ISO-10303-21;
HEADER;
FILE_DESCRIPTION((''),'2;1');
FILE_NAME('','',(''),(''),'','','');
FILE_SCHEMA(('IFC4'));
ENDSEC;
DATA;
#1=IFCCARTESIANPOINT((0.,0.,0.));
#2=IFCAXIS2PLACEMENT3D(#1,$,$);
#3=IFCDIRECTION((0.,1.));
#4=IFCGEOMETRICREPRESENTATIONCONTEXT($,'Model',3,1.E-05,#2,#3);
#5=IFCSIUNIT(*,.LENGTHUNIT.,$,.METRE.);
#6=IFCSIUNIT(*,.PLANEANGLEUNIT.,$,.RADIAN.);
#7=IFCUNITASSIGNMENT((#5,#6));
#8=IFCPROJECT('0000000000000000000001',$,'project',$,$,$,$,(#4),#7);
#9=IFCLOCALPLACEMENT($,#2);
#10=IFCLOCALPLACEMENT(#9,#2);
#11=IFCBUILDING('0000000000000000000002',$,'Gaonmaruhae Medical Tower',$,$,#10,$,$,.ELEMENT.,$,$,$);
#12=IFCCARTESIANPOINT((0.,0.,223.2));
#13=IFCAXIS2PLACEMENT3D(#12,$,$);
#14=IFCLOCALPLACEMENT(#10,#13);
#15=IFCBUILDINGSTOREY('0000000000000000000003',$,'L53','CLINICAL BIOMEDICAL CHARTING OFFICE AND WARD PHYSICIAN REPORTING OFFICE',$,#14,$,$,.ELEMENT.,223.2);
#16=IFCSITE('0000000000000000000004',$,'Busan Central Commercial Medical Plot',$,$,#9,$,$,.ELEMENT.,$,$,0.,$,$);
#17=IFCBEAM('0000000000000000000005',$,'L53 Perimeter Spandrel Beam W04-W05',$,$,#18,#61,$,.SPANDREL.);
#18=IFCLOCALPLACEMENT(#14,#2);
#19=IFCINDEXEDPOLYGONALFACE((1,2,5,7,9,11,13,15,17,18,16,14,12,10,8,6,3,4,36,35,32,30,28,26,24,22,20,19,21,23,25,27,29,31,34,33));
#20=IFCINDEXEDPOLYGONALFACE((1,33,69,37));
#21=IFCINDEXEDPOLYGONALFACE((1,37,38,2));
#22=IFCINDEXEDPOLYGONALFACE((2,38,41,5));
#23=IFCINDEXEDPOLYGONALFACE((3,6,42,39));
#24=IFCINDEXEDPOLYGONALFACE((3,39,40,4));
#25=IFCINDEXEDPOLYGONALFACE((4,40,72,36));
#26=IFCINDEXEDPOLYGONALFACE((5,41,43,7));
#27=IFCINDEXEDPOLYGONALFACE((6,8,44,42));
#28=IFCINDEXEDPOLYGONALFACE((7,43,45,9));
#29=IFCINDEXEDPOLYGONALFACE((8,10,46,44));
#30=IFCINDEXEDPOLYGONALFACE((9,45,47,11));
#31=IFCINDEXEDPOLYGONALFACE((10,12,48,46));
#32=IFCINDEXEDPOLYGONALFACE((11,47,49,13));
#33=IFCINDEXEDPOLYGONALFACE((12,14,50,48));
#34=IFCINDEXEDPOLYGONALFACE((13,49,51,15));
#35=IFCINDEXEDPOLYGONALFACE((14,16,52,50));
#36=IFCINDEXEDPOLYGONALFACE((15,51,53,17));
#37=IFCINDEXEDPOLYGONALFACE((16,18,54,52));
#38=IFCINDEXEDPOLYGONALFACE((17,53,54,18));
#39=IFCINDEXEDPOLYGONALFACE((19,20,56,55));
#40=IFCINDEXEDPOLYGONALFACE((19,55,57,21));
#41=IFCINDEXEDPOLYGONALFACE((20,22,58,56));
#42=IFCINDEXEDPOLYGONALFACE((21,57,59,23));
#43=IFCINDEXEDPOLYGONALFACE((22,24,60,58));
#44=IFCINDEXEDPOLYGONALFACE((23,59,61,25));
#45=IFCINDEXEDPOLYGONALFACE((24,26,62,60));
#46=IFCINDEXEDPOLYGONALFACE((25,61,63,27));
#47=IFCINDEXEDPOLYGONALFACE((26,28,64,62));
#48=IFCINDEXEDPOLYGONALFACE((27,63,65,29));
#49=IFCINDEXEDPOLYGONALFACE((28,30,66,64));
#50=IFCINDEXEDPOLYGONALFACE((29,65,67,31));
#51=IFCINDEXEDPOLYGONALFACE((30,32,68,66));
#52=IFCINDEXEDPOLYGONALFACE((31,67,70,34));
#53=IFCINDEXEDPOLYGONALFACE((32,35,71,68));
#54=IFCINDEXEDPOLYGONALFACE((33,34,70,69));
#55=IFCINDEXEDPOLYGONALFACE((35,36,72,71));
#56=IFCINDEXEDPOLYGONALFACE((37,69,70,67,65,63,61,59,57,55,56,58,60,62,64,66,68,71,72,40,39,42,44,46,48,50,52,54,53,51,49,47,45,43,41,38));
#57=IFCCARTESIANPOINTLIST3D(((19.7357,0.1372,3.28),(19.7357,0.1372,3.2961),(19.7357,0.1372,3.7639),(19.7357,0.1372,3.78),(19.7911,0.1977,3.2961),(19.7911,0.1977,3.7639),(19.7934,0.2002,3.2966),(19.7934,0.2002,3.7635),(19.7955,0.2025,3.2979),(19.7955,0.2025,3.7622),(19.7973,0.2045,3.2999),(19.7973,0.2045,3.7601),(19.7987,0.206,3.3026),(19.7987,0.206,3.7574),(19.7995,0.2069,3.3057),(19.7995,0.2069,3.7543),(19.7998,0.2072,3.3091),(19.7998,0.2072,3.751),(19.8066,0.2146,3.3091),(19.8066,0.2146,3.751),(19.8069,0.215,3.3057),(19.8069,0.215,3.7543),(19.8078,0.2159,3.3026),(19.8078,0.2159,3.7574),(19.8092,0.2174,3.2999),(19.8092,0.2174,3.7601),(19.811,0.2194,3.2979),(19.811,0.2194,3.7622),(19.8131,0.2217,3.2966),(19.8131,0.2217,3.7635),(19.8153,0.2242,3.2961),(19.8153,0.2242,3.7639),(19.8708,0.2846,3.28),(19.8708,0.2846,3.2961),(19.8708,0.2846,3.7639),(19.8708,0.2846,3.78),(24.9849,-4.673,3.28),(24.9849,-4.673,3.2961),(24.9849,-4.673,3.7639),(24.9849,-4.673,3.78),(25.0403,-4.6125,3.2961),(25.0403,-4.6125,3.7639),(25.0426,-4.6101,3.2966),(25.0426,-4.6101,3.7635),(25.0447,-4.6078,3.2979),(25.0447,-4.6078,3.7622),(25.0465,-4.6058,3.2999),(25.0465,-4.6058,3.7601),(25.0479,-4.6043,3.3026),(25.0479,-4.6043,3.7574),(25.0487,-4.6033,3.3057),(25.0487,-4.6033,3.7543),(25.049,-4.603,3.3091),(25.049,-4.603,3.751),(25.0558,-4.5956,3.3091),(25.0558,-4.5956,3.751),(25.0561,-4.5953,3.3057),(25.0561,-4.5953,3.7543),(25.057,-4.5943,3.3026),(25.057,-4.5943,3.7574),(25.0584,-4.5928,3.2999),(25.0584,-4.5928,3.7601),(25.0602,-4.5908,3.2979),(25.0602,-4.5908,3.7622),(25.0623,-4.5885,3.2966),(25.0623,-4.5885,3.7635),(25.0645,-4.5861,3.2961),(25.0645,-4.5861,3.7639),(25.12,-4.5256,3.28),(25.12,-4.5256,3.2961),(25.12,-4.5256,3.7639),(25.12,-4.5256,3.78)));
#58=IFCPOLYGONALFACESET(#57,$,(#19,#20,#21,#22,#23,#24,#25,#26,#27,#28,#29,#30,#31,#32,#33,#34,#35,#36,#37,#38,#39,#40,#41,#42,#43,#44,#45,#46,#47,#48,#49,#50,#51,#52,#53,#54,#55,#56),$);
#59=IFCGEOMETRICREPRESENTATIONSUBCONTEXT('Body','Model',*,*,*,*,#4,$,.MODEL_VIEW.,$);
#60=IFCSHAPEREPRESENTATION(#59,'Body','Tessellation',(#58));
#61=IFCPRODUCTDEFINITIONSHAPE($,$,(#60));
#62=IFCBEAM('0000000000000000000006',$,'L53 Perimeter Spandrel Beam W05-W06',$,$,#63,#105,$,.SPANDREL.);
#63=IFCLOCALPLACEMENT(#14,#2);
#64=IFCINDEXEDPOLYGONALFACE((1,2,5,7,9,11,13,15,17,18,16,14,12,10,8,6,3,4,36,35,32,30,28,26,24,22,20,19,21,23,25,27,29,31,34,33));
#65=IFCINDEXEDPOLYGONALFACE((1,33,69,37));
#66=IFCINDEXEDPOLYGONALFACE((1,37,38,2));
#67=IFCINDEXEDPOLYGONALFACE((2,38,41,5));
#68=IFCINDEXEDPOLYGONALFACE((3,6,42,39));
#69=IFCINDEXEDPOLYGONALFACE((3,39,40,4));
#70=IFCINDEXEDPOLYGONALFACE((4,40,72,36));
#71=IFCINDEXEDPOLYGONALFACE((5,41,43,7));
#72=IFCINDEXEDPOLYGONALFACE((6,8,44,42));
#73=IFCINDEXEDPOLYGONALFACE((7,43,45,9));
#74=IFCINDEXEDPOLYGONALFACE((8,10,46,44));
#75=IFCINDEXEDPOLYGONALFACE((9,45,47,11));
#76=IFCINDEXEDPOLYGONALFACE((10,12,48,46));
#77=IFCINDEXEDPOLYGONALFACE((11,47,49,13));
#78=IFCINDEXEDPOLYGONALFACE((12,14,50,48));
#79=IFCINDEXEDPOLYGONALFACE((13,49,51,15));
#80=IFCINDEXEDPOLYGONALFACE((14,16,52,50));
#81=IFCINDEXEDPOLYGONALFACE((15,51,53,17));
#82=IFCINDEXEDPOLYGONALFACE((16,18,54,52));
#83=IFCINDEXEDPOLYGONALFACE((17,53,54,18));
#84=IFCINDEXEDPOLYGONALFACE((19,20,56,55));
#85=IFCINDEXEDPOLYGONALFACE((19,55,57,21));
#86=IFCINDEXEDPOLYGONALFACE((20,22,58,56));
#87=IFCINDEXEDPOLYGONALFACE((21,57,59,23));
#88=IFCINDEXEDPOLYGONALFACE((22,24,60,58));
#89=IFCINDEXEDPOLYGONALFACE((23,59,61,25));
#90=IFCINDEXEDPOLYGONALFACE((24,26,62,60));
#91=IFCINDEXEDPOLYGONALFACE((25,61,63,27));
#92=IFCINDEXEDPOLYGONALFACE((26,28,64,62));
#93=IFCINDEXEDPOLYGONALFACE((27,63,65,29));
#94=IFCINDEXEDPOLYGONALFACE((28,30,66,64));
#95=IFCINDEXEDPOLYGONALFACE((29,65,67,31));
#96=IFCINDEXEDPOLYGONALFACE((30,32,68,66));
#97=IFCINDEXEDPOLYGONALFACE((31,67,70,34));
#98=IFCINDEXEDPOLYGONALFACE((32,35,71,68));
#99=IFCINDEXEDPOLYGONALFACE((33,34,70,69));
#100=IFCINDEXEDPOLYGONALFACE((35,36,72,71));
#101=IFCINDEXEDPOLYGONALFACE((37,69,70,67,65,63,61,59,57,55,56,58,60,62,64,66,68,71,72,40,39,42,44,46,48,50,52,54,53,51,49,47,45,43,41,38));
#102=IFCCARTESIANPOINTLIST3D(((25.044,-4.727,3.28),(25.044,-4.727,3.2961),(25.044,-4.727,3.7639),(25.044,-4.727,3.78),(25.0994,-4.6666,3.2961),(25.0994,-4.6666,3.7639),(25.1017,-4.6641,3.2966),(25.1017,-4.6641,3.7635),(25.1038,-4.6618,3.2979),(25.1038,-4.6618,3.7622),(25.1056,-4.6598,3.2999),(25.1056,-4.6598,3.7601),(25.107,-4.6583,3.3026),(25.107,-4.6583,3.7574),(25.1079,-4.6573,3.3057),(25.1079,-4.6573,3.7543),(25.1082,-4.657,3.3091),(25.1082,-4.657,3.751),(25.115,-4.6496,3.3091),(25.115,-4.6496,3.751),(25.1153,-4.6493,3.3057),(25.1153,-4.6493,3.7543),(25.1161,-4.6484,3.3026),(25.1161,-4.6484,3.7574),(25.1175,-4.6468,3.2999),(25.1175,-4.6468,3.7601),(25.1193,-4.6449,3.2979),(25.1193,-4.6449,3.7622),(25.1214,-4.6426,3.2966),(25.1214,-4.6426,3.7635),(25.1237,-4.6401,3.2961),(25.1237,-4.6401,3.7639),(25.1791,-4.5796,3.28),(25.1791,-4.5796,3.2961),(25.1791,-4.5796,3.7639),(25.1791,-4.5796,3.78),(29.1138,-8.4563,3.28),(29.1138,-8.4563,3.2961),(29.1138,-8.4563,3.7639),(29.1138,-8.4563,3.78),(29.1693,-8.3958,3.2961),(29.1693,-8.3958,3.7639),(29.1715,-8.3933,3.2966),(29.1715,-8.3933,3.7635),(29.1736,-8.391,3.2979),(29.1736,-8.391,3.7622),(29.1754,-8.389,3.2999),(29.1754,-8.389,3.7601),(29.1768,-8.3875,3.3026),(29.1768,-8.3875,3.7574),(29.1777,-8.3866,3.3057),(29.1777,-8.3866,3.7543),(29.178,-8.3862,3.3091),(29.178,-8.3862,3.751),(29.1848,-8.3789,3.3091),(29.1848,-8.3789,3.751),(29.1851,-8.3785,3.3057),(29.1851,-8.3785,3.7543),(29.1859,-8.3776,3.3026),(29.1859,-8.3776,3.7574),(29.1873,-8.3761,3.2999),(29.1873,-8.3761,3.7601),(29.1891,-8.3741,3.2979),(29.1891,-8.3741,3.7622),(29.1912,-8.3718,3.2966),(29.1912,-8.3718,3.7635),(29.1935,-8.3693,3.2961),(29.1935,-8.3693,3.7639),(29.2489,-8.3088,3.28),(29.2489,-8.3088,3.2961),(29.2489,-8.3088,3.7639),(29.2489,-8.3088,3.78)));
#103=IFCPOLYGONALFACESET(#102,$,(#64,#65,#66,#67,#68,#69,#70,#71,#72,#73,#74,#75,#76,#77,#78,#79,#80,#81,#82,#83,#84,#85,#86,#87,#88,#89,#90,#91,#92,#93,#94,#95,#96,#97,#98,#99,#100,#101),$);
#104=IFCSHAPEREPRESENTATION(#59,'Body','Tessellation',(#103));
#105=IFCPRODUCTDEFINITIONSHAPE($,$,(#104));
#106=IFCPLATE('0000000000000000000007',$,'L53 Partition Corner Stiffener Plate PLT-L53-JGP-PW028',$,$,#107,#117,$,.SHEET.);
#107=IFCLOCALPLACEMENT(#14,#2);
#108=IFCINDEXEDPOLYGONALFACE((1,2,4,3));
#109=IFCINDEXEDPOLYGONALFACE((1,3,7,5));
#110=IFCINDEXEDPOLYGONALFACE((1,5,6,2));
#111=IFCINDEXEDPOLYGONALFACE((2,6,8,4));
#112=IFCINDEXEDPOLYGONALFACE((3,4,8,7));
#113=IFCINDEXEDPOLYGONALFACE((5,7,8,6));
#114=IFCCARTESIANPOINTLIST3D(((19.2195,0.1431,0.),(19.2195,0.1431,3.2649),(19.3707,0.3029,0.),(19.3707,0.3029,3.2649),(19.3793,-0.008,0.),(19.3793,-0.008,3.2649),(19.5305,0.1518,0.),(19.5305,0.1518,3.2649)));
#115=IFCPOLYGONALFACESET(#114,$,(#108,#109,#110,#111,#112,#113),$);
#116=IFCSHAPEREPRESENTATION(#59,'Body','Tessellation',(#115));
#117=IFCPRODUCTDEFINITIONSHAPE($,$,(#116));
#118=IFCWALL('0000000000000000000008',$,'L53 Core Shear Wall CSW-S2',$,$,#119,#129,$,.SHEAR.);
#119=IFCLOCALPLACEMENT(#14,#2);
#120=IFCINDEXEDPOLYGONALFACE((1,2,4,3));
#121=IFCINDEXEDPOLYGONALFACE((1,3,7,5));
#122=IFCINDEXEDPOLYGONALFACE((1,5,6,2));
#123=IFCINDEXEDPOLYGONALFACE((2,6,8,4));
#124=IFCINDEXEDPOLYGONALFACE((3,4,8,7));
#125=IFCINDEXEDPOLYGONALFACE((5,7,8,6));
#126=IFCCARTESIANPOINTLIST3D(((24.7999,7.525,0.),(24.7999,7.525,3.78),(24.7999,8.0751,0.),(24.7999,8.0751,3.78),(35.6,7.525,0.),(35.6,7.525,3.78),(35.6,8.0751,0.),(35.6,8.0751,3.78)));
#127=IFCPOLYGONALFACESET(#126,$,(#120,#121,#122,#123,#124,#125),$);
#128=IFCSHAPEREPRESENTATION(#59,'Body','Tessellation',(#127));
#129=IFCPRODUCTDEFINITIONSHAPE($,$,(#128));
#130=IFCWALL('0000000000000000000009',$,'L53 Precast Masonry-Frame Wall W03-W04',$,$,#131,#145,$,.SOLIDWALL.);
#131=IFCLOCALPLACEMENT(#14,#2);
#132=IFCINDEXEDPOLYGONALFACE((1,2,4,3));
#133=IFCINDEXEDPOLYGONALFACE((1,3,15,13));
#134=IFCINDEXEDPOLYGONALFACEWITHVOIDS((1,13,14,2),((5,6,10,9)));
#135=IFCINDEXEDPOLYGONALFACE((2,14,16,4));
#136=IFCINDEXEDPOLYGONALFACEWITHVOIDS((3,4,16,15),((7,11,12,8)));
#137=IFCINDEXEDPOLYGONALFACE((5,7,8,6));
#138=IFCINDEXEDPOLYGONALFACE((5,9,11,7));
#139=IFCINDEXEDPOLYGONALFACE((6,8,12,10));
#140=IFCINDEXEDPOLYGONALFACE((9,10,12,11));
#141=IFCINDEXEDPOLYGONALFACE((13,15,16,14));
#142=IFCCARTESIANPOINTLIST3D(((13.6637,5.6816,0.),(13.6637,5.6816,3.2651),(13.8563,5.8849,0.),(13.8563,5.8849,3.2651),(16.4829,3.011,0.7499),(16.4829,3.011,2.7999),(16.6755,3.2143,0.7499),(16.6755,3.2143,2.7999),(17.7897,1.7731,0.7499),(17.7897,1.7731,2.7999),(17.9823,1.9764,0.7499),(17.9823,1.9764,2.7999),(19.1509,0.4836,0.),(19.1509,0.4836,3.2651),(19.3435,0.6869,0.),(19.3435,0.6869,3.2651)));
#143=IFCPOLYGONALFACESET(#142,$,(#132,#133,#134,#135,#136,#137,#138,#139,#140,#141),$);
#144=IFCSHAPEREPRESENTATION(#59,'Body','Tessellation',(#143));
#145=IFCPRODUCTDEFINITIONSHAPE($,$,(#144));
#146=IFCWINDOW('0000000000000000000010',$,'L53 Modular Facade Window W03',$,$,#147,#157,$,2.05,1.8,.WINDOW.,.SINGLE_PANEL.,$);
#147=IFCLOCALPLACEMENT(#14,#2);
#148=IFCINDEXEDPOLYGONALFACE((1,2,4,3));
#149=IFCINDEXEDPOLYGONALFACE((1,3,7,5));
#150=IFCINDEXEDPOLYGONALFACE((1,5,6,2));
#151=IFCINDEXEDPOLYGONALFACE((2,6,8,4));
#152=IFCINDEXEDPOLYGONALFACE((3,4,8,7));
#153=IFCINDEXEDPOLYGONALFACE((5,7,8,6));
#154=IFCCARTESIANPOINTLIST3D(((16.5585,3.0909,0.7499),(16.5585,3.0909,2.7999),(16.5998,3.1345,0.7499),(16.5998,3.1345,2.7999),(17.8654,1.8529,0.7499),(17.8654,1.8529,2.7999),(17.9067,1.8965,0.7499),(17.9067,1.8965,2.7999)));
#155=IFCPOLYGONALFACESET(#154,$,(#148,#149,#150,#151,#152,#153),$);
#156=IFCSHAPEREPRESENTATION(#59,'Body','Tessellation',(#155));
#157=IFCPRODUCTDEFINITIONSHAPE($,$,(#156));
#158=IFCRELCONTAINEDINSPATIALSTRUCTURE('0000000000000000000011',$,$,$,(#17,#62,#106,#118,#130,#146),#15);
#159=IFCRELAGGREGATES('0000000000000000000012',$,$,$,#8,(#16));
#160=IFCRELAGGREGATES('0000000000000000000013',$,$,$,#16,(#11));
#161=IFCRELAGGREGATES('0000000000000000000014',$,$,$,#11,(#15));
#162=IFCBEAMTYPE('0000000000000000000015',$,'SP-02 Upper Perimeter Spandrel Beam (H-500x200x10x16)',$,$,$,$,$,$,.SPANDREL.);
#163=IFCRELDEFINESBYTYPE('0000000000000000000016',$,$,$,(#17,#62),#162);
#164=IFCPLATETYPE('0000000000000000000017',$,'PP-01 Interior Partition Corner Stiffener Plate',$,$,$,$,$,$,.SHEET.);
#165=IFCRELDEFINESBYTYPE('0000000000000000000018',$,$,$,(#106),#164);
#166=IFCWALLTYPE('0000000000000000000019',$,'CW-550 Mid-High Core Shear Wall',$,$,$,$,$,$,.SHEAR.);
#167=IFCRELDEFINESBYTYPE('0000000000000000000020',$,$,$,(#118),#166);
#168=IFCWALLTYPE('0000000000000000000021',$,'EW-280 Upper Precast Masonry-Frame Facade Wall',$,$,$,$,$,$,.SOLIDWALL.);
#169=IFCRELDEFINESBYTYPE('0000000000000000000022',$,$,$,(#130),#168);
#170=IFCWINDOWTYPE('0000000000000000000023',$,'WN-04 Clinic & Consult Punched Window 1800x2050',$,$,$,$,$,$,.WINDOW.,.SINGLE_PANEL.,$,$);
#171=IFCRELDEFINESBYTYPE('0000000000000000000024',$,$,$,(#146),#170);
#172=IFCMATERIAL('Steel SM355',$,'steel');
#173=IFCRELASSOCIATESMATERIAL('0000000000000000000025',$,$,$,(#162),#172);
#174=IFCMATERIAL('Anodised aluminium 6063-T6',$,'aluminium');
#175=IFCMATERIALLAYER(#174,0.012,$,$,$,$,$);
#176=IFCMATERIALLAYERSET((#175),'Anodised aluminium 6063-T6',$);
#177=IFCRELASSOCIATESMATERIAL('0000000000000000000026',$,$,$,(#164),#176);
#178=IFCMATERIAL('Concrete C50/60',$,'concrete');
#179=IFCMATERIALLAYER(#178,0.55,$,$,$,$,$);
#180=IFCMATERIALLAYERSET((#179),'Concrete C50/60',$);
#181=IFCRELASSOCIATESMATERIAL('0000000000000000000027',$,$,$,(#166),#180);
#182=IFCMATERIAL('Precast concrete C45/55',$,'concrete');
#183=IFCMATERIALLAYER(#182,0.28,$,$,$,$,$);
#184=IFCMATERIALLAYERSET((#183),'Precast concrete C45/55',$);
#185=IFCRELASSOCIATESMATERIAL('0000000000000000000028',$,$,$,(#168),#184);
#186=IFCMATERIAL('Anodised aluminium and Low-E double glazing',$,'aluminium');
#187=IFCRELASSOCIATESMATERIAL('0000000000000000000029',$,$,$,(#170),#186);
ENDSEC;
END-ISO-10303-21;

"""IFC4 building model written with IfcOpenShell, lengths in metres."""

from ifc_helpers import new_model, si_unit, direction, frame, frame_2d, origin, origin_2d, place, context, subcontext, project, spatial, rectangle, i_section, extrude, material, layer, layer_set, material_profile, profile_set, type_object, element, fill, save


model = new_model("IFC4")

# Units and contexts
model_context = context("Model", 3, precision=1e-05, world=origin(), true_north=direction((0.0, 1.0)))
body_context = subcontext(model_context, "Body", "Model", "MODEL_VIEW")
ifc_project = project(units=[si_unit("LENGTHUNIT", "METRE"), si_unit("PLANEANGLEUNIT", "RADIAN")], contexts=[model_context])

# Site, building, storey
site_placement = place(None, origin())
site = spatial("IfcSite", under=ifc_project, at=site_placement, Name="Busan Central Commercial Medical Plot", CompositionType="ELEMENT", RefElevation=0.0)
building_placement = place(site_placement, origin())
building = spatial("IfcBuilding", under=site, at=building_placement, Name="Gaonmaruhae Medical Tower", CompositionType="ELEMENT")
storey_placement = place(building_placement, frame((0.0, 0.0, 223.2)))
storey = spatial("IfcBuildingStorey", under=building, at=storey_placement, Name="L53", Description="CLINICAL BIOMEDICAL CHARTING OFFICE AND WARD PHYSICIAN REPORTING OFFICE", CompositionType="ELEMENT", Elevation=223.2)

# Shared definitions
ifc_material_1 = material(Name="Concrete C50/60", Category="concrete")

# Beams
ifc_material_2 = material(Name="Steel SM355", Category="steel")
ifc_material_profile_1 = material_profile(ifc_material_2, i_section(OverallWidth=0.2, OverallDepth=0.5, WebThickness=0.01, FlangeThickness=0.0161, FilletRadius=0.0129, at=origin_2d()), Name="H-500x200x10x16")
ifc_profile_set_1 = profile_set([ifc_material_profile_1], Name="Steel SM355")
beam_type_1 = type_object("IfcBeamType", Name="SP-02 Upper Perimeter Spandrel Beam (H-500x200x10x16)", PredefinedType="SPANDREL", material=ifc_profile_set_1)
beam_1_placement = place(storey_placement, frame((19.8032, 0.2109, 3.53), z_axis=(0.737261, -0.675608, 0.0), x_axis=(0.675608, 0.737261, 0.0)))
element("IfcBeam", 1, at=beam_1_placement, inside=storey, type_object=beam_type_1, Name="L53 Perimeter Spandrel Beam W04-W05", PredefinedType="SPANDREL", context=body_context, shape_type="SweptSolid", body=[
    extrude(i_section(OverallWidth=0.2, OverallDepth=0.5, WebThickness=0.01, FlangeThickness=0.0161, FilletRadius=0.0129, at=origin_2d()), origin(), (0.0, 0.0, 1.0), 7.1199),
])
beam_2_placement = place(storey_placement, frame((25.1116, -4.6533, 3.53), z_axis=(0.737283, -0.675584, 0.0), x_axis=(0.675584, 0.737283, 0.0)))
element("IfcBeam", 2, at=beam_2_placement, inside=storey, type_object=beam_type_1, Name="L53 Perimeter Spandrel Beam W05-W06", PredefinedType="SPANDREL", context=body_context, shape_type="SweptSolid", body=[
    extrude(i_section(OverallWidth=0.2, OverallDepth=0.5, WebThickness=0.01, FlangeThickness=0.0161, FilletRadius=0.0129, at=origin_2d()), origin(), (0.0, 0.0, 1.0), 5.52),
])

# Plate
ifc_material_3 = material(Name="Anodised aluminium 6063-T6", Category="aluminium")
ifc_layer_1 = layer(ifc_material_3, 0.012)
ifc_layer_set_1 = layer_set([ifc_layer_1], Name="Anodised aluminium 6063-T6")
plate_type = type_object("IfcPlateType", Name="PP-01 Interior Partition Corner Stiffener Plate", PredefinedType="SHEET", material=ifc_layer_set_1)
plate_placement = place(storey_placement, frame((19.375, 0.1475, 0.0), z_axis=(0.0, 0.0, 1.0), x_axis=(-0.726515, 0.687151, 0.0)))
element("IfcPlate", 3, at=plate_placement, inside=storey, type_object=plate_type, Name="L53 Partition Corner Stiffener Plate PLT-L53-JGP-PW028", PredefinedType="SHEET", context=body_context, shape_type="SweptSolid", body=[
    extrude(rectangle(XDim=0.22, YDim=0.22, at=origin_2d()), origin(), (0.0, 0.0, 1.0), 3.2649),
])

# Wall
ifc_layer_2 = layer(ifc_material_1, 0.55)
ifc_layer_set_2 = layer_set([ifc_layer_2], Name="Concrete C50/60")
wall_type_1 = type_object("IfcWallType", Name="CW-550 Mid-High Core Shear Wall", PredefinedType="SHEAR", material=ifc_layer_set_2)
wall_1_placement = place(storey_placement, frame((24.8, 7.8, 0.0), z_axis=(0.0, 0.0, 1.0), x_axis=(1.0, 0.0, 0.0)))
element("IfcWall", 4, at=wall_1_placement, inside=storey, type_object=wall_type_1, Name="L53 Core Shear Wall CSW-S2", PredefinedType="SHEAR", context=body_context, shape_type="SweptSolid", body=[
    extrude(rectangle(XDim=10.8, YDim=0.55, at=frame_2d((5.3999, 0.0))), origin(), (0.0, 0.0, 1.0), 3.78),
])

# Wall, opening, window
ifc_material_4 = material(Name="Precast concrete C45/55", Category="concrete")
ifc_layer_3 = layer(ifc_material_4, 0.28)
ifc_layer_set_3 = layer_set([ifc_layer_3], Name="Precast concrete C45/55")
wall_type_2 = type_object("IfcWallType", Name="EW-280 Upper Precast Masonry-Frame Facade Wall", PredefinedType="SOLIDWALL", material=ifc_layer_set_3)
wall_2_placement = place(storey_placement, frame((19.2473, 0.5852, 0.0), z_axis=(0.0, 0.0, 1.0), x_axis=(-0.725986, 0.68771, 0.0)))
wall_2 = element("IfcWall", 5, at=wall_2_placement, inside=storey, type_object=wall_type_2, Name="L53 Precast Masonry-Frame Wall W03-W04", PredefinedType="SOLIDWALL", context=body_context, shape_type="SweptSolid", body=[
    extrude(rectangle(XDim=7.5583, YDim=0.28, at=frame_2d((3.7793, 0.0))), origin(), (0.0, 0.0, 1.0), 3.2651),
])
opening_1_placement = place(wall_2_placement, frame((1.8752, 0.0, 0.75)))
opening_1 = element("IfcOpeningElement", 6, at=opening_1_placement, cuts=wall_2, PredefinedType="OPENING", context=body_context, shape_type="SweptSolid", body=[
    extrude(rectangle(XDim=1.8, YDim=2.05, at=frame_2d((0.8999, 1.0249))), frame((0.0, 0.1499, 0.0), z_axis=(0.0, -1.0, 0.0), x_axis=(1.0, 0.0, 0.0)), (0.0, 0.0, 1.0), 0.3),
])
ifc_material_5 = material(Name="Anodised aluminium and Low-E double glazing", Category="aluminium")
window_type_1 = type_object("IfcWindowType", Name="WN-04 Clinic & Consult Punched Window 1800x2050", PartitioningType="SINGLE_PANEL", PredefinedType="WINDOW", material=ifc_material_5)
window_1_placement = place(opening_1_placement, origin())
window_1 = element("IfcWindow", 7, at=window_1_placement, inside=storey, type_object=window_type_1, Name="L53 Modular Facade Window W03", OverallHeight=2.05, OverallWidth=1.8, PartitioningType="SINGLE_PANEL", PredefinedType="WINDOW", context=body_context, shape_type="SweptSolid", body=[
    extrude(rectangle(XDim=1.8, YDim=2.05, at=frame_2d((0.8999, 1.0249))), frame((0.0, 0.03, 0.0), z_axis=(0.0, -1.0, 0.0), x_axis=(1.0, 0.0, 0.0)), (0.0, 0.0, 1.0), 0.0601),
])
fill(opening_1, window_1)

save(model, "model.ifc")
